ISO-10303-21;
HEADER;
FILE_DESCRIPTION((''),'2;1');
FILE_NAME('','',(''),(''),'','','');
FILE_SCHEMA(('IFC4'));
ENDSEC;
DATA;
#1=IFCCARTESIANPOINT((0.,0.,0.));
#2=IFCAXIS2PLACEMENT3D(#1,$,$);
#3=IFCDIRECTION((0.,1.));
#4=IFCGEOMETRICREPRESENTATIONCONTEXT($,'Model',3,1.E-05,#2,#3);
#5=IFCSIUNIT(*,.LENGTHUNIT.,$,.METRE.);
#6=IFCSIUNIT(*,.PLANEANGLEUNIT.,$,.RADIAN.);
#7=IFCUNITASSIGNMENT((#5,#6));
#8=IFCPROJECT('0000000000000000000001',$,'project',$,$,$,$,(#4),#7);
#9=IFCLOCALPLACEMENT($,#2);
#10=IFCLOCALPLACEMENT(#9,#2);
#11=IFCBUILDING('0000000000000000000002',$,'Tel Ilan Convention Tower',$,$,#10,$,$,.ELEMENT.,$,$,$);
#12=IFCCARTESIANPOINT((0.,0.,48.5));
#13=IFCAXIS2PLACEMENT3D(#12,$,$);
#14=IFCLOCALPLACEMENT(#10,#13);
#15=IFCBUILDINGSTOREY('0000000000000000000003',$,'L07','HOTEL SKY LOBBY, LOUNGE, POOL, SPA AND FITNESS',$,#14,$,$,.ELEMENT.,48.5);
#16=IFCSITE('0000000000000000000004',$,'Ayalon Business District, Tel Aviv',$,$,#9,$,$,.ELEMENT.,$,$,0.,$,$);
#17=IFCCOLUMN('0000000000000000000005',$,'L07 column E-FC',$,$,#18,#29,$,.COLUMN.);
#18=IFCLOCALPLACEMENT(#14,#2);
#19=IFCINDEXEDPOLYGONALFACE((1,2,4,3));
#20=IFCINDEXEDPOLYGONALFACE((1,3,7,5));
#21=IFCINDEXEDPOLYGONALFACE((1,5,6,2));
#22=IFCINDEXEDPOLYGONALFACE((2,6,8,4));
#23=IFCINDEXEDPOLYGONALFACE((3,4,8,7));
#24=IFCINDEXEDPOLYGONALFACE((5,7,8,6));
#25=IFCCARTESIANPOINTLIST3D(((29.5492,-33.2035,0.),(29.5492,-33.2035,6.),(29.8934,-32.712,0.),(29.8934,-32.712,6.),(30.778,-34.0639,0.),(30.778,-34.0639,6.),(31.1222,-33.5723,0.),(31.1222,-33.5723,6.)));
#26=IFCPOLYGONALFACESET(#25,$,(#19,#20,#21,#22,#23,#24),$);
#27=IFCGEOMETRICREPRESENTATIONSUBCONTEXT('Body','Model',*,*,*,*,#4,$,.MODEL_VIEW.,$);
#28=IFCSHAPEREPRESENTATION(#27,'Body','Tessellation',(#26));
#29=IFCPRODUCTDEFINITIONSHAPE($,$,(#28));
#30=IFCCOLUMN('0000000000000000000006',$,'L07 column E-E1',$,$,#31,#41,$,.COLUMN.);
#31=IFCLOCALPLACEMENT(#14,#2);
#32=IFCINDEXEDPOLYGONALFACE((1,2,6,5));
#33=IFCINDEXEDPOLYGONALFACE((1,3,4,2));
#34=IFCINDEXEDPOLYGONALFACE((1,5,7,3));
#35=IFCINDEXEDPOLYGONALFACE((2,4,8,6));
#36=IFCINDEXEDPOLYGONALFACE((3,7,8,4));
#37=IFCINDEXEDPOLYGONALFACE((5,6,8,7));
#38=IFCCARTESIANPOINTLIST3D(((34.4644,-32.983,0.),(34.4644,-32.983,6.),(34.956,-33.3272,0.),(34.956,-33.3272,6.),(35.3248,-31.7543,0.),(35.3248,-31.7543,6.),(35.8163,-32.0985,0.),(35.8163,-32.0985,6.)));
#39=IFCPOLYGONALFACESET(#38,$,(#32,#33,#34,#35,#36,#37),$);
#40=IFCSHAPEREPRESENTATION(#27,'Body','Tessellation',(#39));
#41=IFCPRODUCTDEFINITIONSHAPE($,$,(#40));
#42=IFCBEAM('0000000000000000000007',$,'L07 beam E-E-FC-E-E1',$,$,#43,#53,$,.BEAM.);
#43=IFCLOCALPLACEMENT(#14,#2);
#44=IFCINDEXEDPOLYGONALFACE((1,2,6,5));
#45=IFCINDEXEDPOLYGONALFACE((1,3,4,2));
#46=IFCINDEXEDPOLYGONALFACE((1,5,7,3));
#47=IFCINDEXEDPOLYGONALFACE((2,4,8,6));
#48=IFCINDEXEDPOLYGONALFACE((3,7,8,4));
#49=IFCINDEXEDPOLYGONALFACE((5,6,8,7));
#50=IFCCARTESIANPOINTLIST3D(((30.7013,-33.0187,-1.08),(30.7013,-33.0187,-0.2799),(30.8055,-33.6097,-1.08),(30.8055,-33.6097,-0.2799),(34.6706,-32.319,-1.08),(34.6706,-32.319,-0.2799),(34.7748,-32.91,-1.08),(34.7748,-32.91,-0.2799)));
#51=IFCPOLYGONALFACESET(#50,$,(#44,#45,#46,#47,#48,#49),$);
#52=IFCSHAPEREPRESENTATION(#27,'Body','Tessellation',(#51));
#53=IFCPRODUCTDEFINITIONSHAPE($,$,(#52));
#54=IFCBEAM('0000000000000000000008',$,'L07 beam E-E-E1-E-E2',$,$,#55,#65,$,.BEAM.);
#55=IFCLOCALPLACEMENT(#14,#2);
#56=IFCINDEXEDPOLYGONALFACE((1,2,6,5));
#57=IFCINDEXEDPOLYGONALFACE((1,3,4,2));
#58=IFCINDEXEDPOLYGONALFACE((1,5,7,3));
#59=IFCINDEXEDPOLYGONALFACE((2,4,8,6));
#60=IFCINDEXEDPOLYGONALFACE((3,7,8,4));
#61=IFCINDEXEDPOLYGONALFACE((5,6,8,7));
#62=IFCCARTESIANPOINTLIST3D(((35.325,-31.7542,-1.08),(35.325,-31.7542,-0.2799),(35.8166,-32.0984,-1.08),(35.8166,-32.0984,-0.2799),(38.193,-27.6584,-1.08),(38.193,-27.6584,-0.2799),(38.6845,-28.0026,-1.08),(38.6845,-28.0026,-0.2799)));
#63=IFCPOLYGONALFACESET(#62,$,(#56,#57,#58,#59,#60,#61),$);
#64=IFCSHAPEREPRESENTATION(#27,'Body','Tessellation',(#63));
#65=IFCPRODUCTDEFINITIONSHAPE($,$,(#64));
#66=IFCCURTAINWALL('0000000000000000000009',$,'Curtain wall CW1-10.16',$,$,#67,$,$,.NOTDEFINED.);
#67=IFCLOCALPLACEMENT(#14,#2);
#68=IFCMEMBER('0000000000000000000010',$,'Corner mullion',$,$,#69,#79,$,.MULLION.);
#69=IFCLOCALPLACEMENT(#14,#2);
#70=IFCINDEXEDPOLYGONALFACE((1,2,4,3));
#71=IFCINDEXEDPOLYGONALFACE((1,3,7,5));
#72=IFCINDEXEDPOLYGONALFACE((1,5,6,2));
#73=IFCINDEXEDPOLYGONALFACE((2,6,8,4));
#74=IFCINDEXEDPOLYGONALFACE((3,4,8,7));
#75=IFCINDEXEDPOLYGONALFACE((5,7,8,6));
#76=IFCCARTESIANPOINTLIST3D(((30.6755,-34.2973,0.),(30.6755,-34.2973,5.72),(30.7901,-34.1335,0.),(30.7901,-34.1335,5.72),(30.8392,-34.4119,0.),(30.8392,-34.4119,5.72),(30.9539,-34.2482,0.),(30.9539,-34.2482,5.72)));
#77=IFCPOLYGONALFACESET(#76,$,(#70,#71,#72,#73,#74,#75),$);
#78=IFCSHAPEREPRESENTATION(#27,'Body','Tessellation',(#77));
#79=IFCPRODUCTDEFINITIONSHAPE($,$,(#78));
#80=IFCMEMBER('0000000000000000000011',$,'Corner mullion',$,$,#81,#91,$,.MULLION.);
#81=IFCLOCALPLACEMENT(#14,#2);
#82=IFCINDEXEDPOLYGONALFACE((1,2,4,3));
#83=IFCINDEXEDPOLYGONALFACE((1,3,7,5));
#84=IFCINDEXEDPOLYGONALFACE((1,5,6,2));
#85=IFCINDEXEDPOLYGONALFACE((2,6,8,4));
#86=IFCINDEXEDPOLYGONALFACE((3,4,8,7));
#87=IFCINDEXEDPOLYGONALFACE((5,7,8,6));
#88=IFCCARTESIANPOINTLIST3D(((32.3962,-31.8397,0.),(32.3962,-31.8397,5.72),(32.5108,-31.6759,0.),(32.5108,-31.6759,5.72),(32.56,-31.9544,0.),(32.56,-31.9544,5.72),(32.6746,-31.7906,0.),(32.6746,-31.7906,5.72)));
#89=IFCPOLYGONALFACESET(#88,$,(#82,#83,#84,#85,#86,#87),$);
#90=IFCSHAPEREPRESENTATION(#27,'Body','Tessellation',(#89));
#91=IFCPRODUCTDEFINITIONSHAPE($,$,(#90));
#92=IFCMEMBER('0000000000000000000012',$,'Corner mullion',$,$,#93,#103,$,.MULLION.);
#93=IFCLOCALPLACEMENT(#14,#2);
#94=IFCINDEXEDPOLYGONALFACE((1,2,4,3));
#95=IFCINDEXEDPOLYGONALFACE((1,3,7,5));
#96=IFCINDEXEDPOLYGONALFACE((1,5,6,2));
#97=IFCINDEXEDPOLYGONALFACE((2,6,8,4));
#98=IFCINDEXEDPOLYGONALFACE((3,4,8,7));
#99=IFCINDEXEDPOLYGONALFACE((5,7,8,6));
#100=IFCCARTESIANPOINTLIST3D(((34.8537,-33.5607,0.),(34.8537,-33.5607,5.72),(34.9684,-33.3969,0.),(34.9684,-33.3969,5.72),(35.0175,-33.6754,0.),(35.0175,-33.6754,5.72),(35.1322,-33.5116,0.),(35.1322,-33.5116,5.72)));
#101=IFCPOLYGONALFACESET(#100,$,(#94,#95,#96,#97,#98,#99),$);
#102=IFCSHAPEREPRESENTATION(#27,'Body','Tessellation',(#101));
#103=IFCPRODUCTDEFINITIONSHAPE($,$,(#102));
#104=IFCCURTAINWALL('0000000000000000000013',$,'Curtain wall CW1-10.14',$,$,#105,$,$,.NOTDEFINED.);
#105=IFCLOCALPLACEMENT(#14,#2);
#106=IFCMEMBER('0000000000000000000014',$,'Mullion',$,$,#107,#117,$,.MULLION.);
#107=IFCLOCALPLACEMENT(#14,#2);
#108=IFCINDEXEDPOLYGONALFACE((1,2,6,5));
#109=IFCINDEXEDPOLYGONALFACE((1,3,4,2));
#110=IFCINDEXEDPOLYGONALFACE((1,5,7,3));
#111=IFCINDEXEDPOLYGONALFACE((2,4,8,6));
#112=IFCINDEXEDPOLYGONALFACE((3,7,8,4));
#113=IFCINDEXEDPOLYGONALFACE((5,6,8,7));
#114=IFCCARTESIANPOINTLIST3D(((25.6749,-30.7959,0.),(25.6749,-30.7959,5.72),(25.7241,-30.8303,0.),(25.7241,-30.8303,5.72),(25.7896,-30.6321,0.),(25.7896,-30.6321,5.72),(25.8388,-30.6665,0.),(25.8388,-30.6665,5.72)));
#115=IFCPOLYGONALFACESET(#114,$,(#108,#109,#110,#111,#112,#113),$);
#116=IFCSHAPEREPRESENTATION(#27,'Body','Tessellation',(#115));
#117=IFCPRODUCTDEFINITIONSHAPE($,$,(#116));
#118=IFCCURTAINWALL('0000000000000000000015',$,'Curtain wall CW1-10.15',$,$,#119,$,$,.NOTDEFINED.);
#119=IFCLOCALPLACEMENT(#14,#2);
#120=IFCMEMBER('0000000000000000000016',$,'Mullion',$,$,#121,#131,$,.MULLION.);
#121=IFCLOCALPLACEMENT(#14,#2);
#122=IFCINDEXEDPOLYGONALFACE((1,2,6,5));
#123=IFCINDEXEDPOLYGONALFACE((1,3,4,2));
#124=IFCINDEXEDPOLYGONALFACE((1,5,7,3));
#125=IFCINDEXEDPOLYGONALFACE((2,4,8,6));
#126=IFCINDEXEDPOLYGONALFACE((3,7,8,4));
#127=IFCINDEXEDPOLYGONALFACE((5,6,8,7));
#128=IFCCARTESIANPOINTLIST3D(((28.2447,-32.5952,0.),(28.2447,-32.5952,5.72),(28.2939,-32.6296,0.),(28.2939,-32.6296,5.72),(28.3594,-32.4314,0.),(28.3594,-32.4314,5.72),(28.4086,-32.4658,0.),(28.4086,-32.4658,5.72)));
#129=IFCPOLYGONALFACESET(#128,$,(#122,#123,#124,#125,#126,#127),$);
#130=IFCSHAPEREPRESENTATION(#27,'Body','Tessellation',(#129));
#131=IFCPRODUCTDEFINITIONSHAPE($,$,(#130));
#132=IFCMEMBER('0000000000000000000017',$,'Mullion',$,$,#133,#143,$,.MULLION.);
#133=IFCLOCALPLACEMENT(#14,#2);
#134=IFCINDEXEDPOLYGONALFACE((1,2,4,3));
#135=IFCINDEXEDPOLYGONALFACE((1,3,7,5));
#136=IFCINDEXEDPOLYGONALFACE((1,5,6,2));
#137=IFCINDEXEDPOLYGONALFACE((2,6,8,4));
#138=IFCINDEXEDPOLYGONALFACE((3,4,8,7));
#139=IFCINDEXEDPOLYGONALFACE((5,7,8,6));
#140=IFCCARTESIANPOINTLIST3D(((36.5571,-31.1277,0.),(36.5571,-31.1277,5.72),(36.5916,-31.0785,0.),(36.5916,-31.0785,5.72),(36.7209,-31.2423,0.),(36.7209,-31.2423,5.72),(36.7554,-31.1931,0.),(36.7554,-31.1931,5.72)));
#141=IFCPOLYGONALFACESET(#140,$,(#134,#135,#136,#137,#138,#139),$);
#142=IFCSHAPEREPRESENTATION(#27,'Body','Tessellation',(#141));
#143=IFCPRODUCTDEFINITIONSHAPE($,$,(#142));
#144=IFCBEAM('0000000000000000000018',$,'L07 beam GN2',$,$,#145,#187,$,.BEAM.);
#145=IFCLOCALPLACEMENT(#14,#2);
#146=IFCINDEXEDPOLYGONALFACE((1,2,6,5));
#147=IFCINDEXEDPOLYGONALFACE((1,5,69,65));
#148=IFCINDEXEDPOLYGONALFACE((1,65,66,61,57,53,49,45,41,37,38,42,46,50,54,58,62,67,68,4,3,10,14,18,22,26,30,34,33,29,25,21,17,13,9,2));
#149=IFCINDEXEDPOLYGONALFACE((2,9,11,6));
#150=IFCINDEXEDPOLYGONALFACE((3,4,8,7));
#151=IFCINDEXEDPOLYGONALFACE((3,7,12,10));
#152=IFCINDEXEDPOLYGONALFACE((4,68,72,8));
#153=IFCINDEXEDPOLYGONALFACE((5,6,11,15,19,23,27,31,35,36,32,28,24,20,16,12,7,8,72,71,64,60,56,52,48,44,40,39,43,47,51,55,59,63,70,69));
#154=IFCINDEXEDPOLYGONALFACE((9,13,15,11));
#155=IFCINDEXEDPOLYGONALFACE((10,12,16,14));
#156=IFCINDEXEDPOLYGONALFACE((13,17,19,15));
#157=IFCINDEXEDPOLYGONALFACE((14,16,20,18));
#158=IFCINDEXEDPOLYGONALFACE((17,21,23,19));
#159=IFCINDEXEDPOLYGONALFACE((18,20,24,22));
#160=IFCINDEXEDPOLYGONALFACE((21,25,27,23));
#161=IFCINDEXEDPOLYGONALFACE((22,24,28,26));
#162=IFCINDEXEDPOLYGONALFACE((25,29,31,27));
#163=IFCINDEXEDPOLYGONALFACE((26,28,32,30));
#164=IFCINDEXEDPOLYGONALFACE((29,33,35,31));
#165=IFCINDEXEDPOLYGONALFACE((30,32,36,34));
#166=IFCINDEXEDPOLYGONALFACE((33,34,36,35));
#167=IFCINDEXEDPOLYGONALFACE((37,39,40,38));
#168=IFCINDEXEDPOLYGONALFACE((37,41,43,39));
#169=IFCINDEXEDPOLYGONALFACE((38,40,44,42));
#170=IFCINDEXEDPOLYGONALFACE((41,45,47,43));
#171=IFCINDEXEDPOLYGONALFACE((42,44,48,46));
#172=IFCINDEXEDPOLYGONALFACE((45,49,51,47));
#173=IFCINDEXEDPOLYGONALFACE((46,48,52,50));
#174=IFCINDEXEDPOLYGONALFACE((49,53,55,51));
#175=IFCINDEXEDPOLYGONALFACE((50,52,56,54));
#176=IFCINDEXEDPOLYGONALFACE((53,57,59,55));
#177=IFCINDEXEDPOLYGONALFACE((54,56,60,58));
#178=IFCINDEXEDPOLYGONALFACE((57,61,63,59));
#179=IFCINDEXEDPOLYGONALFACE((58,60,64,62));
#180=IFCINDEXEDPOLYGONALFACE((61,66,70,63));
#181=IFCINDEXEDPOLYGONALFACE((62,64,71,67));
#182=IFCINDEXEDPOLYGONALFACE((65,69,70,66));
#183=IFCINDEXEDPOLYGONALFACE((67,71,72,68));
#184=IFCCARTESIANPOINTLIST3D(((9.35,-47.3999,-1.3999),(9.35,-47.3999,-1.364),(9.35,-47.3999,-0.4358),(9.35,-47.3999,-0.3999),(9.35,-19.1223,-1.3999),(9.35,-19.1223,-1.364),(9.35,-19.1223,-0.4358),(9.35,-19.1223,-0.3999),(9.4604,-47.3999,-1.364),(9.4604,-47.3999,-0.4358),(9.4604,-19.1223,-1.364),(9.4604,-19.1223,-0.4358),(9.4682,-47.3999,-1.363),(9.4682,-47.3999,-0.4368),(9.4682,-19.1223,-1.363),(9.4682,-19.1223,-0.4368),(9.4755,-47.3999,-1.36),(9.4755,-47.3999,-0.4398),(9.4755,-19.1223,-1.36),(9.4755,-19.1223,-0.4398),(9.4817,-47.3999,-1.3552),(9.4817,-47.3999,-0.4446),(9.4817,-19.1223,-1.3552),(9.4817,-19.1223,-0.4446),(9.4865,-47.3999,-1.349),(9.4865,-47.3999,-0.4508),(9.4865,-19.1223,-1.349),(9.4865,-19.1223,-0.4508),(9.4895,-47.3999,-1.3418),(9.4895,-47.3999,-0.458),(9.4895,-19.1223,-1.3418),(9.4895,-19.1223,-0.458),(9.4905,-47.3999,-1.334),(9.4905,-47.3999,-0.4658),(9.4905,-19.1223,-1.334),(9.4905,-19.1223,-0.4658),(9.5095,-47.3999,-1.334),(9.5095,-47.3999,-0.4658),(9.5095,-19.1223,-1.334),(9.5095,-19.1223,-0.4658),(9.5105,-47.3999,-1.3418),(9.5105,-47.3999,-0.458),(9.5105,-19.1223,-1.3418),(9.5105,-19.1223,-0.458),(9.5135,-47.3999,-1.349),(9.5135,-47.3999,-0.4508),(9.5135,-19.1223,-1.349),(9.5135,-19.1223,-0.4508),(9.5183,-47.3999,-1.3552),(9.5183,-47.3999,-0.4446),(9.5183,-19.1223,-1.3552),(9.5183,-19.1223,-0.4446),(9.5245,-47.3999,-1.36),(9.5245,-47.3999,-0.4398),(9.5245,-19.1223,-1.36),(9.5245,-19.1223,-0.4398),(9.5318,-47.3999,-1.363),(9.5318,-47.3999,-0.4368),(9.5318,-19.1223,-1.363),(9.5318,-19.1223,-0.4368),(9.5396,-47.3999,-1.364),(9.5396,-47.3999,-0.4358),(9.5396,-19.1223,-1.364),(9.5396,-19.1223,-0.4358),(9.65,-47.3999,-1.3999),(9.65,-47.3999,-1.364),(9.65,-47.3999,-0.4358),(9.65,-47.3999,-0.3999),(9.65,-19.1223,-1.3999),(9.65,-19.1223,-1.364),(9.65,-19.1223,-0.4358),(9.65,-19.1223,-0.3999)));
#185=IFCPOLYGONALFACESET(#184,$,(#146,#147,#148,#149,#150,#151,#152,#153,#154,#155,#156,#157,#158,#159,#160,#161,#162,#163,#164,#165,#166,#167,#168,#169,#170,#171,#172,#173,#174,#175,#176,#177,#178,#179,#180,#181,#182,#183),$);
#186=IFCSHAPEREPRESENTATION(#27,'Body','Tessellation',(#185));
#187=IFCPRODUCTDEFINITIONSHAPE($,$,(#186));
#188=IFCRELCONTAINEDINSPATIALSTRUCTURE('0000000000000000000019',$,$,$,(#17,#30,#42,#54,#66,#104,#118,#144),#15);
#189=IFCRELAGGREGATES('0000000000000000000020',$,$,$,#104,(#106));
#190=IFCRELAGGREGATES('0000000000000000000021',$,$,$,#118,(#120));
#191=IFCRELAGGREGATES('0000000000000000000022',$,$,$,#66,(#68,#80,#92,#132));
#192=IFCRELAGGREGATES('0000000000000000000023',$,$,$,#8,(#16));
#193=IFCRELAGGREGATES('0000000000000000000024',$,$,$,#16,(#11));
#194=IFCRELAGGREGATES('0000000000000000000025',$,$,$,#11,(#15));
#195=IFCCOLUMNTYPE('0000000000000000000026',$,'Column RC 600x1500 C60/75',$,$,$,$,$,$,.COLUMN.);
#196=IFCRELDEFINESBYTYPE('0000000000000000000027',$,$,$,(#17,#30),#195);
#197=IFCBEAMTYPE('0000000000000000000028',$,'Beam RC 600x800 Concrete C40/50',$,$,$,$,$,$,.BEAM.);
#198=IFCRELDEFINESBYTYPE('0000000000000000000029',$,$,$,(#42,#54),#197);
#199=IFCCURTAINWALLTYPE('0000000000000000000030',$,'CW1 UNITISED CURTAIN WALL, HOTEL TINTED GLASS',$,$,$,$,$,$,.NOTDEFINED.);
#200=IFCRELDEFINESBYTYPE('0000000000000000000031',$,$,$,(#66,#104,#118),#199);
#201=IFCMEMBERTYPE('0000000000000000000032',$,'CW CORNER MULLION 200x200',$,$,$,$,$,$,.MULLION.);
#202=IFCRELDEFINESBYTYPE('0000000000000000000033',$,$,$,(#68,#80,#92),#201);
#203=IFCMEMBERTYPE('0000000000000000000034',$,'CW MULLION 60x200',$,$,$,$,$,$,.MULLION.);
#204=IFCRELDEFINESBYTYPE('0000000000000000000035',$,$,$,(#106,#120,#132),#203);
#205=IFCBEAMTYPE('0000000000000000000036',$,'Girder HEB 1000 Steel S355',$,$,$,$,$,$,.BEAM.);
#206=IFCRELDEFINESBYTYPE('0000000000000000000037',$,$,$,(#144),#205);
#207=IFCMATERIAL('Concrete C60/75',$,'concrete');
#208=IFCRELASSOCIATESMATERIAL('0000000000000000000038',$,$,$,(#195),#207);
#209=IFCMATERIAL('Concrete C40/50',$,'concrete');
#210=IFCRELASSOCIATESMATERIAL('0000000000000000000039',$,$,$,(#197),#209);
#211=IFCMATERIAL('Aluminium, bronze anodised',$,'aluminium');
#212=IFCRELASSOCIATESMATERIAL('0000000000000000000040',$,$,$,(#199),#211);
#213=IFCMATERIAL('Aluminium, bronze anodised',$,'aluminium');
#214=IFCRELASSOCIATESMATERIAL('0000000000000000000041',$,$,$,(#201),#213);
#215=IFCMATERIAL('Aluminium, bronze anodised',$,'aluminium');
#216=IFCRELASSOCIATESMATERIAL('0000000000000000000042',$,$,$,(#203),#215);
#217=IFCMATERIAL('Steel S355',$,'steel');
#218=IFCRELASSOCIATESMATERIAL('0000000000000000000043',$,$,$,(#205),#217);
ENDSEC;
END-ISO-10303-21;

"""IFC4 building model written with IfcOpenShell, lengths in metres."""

from ifc_helpers import new_model, si_unit, direction, frame, origin, origin_2d, place, context, subcontext, project, spatial, rectangle, i_section, extrude, material, material_profile, profile_set, type_object, element, aggregate, save


model = new_model("IFC4")

# Units and contexts
model_context = context("Model", 3, precision=1e-05, world=origin(), true_north=direction((0.0, 1.0)))
body_context = subcontext(model_context, "Body", "Model", "MODEL_VIEW")
ifc_project = project(units=[si_unit("LENGTHUNIT", "METRE"), si_unit("PLANEANGLEUNIT", "RADIAN")], contexts=[model_context])

# Site, building, storey
site_placement = place(None, origin())
site = spatial("IfcSite", under=ifc_project, at=site_placement, Name="Ayalon Business District, Tel Aviv", CompositionType="ELEMENT", RefElevation=0.0)
building_placement = place(site_placement, origin())
building = spatial("IfcBuilding", under=site, at=building_placement, Name="Tel Ilan Convention Tower", CompositionType="ELEMENT")
storey_placement = place(building_placement, frame((0.0, 0.0, 48.5)))
storey = spatial("IfcBuildingStorey", under=building, at=storey_placement, Name="L07", Description="HOTEL SKY LOBBY, LOUNGE, POOL, SPA AND FITNESS", CompositionType="ELEMENT", Elevation=48.5)

# Columns
ifc_material_1 = material(Name="Concrete C60/75", Category="concrete")
ifc_material_profile_1 = material_profile(ifc_material_1, rectangle(XDim=1.5, YDim=0.6001, at=origin_2d()), Name="RC 600x1500")
ifc_profile_set_1 = profile_set([ifc_material_profile_1], Name="Concrete C60/75")
column_type = type_object("IfcColumnType", Name="Column RC 600x1500 C60/75", PredefinedType="COLUMN", material=ifc_profile_set_1)
for number, where, z_axis, x_axis, name in (
    (1, (30.3357, -33.3879, 0.0), (0.0, 0.0, 1.0), (0.819152, -0.573576, 0.0), "L07 column E-FC"),
    (2, (35.1404, -32.5408, 0.0), (0.0, 0.0, 1.0), (0.573576, 0.819152, 0.0), "L07 column E-E1"),
):
    element("IfcColumn", number, at=place(storey_placement, frame(where, z_axis=z_axis, x_axis=x_axis)), inside=storey, type_object=column_type, Name=name, PredefinedType="COLUMN", context=body_context, shape_type="SweptSolid", body=[
        extrude(rectangle(XDim=1.5, YDim=0.6001, at=origin_2d()), origin(), (0.0, 0.0, 1.0), 6.0),
    ])

# Beams
ifc_material_2 = material(Name="Concrete C40/50", Category="concrete")
ifc_material_profile_2 = material_profile(ifc_material_2, rectangle(XDim=0.6001, YDim=0.8, at=origin_2d()), Name="RC 600x800")
ifc_profile_set_2 = profile_set([ifc_material_profile_2], Name="Concrete C40/50")
beam_type_1 = type_object("IfcBeamType", Name="Beam RC 600x800 Concrete C40/50", PredefinedType="BEAM", material=ifc_profile_set_2)
beam_1_placement = place(storey_placement, frame((30.7534, -33.3142, -0.6799), z_axis=(0.984815, 0.173606, 0.0), x_axis=(-0.173606, 0.984815, 0.0)))
element("IfcBeam", 3, at=beam_1_placement, inside=storey, type_object=beam_type_1, Name="L07 beam E-E-FC-E-E1", PredefinedType="BEAM", context=body_context, shape_type="SweptSolid", body=[
    extrude(rectangle(XDim=0.6001, YDim=0.8, at=origin_2d()), origin(), (0.0, 0.0, 1.0), 4.0305),
])
beam_2_placement = place(storey_placement, frame((35.5708, -31.9263, -0.6799), z_axis=(0.573587, 0.819145, 0.0), x_axis=(-0.819145, 0.573587, 0.0)))
element("IfcBeam", 4, at=beam_2_placement, inside=storey, type_object=beam_type_1, Name="L07 beam E-E-E1-E-E2", PredefinedType="BEAM", context=body_context, shape_type="SweptSolid", body=[
    extrude(rectangle(XDim=0.6001, YDim=0.8, at=origin_2d()), origin(), (0.0, 0.0, 1.0), 5.0),
])

# Curtain wall, members
ifc_material_3 = material(Name="Aluminium, bronze anodised", Category="aluminium")
curtain_wall_type = type_object("IfcCurtainWallType", Name="CW1 UNITISED CURTAIN WALL, HOTEL TINTED GLASS", PredefinedType="NOTDEFINED", material=ifc_material_3)
curtain_wall_1_placement = place(storey_placement, origin())
curtain_wall_1 = element("IfcCurtainWall", 5, at=curtain_wall_1_placement, inside=storey, type_object=curtain_wall_type, Name="Curtain wall CW1-10.16", PredefinedType="NOTDEFINED")
ifc_material_4 = material(Name="Aluminium, bronze anodised", Category="aluminium")
ifc_material_profile_3 = material_profile(ifc_material_4, rectangle(XDim=0.2, YDim=0.2, at=origin_2d()), Name="CW CORNER MULLION 200x200")
ifc_profile_set_3 = profile_set([ifc_material_profile_3], Name="Aluminium, bronze anodised")
member_type_1 = type_object("IfcMemberType", Name="CW CORNER MULLION 200x200", PredefinedType="MULLION", material=ifc_profile_set_3)
member_1_placement = place(storey_placement, frame((30.8147, -34.2727, 0.0), z_axis=(0.0, 0.0, 1.0), x_axis=(0.819152, -0.573576, 0.0)))
member_1 = element("IfcMember", 6, at=member_1_placement, type_object=member_type_1, Name="Corner mullion", PredefinedType="MULLION", context=body_context, shape_type="SweptSolid", body=[
    extrude(rectangle(XDim=0.2, YDim=0.2, at=origin_2d()), origin(), (0.0, 0.0, 1.0), 5.72),
])
member_2_placement = place(storey_placement, frame((32.5354, -31.8152, 0.0), z_axis=(0.0, 0.0, 1.0), x_axis=(0.573576, 0.819152, 0.0)))
member_2 = element("IfcMember", 7, at=member_2_placement, type_object=member_type_1, Name="Corner mullion", PredefinedType="MULLION", context=body_context, shape_type="SweptSolid", body=[
    extrude(rectangle(XDim=0.2, YDim=0.2, at=origin_2d()), origin(), (0.0, 0.0, 1.0), 5.72),
])
member_3_placement = place(storey_placement, frame((34.9929, -33.5361, 0.0), z_axis=(0.0, 0.0, 1.0), x_axis=(0.819152, -0.573576, 0.0)))
member_3 = element("IfcMember", 8, at=member_3_placement, type_object=member_type_1, Name="Corner mullion", PredefinedType="MULLION", context=body_context, shape_type="SweptSolid", body=[
    extrude(rectangle(XDim=0.2, YDim=0.2, at=origin_2d()), origin(), (0.0, 0.0, 1.0), 5.72),
])

# Curtain walls, members
curtain_wall_2_placement = place(storey_placement, origin())
curtain_wall_2 = element("IfcCurtainWall", 9, at=curtain_wall_2_placement, inside=storey, type_object=curtain_wall_type, Name="Curtain wall CW1-10.14", PredefinedType="NOTDEFINED")
ifc_material_5 = material(Name="Aluminium, bronze anodised", Category="aluminium")
ifc_material_profile_4 = material_profile(ifc_material_5, rectangle(XDim=0.0601, YDim=0.2, at=origin_2d()), Name="CW MULLION 60x200")
ifc_profile_set_4 = profile_set([ifc_material_profile_4], Name="Aluminium, bronze anodised")
member_type_2 = type_object("IfcMemberType", Name="CW MULLION 60x200", PredefinedType="MULLION", material=ifc_profile_set_4)
member_4_placement = place(storey_placement, frame((25.7568, -30.7312, 0.0), z_axis=(0.0, 0.0, 1.0), x_axis=(0.819152, -0.573576, 0.0)))
member_4 = element("IfcMember", 10, at=member_4_placement, type_object=member_type_2, Name="Mullion", PredefinedType="MULLION", context=body_context, shape_type="SweptSolid", body=[
    extrude(rectangle(XDim=0.0601, YDim=0.2, at=origin_2d()), origin(), (0.0, 0.0, 1.0), 5.72),
])
aggregate(curtain_wall_2, [member_4])
curtain_wall_3_placement = place(storey_placement, origin())
curtain_wall_3 = element("IfcCurtainWall", 11, at=curtain_wall_3_placement, inside=storey, type_object=curtain_wall_type, Name="Curtain wall CW1-10.15", PredefinedType="NOTDEFINED")
member_5_placement = place(storey_placement, frame((28.3267, -32.5305, 0.0), z_axis=(0.0, 0.0, 1.0), x_axis=(0.819152, -0.573576, 0.0)))
member_5 = element("IfcMember", 12, at=member_5_placement, type_object=member_type_2, Name="Mullion", PredefinedType="MULLION", context=body_context, shape_type="SweptSolid", body=[
    extrude(rectangle(XDim=0.0601, YDim=0.2, at=origin_2d()), origin(), (0.0, 0.0, 1.0), 5.72),
])
aggregate(curtain_wall_3, [member_5])

# Member
member_6_placement = place(storey_placement, frame((36.6562, -31.1604, 0.0), z_axis=(0.0, 0.0, 1.0), x_axis=(0.573576, 0.819152, 0.0)))
member_6 = element("IfcMember", 13, at=member_6_placement, type_object=member_type_2, Name="Mullion", PredefinedType="MULLION", context=body_context, shape_type="SweptSolid", body=[
    extrude(rectangle(XDim=0.0601, YDim=0.2, at=origin_2d()), origin(), (0.0, 0.0, 1.0), 5.72),
])

# Beam
ifc_material_6 = material(Name="Steel S355", Category="steel")
ifc_material_profile_5 = material_profile(ifc_material_6, i_section(OverallWidth=0.3, OverallDepth=1.0, WebThickness=0.019, FlangeThickness=0.0359, FilletRadius=0.03, at=origin_2d()), Name="HEB 1000")
ifc_profile_set_5 = profile_set([ifc_material_profile_5], Name="Steel S355")
beam_type_2 = type_object("IfcBeamType", Name="Girder HEB 1000 Steel S355", PredefinedType="BEAM", material=ifc_profile_set_5)
beam_3_placement = place(storey_placement, frame((9.5, -47.3999, -0.8999), z_axis=(0.0, 1.0, 0.0), x_axis=(-1.0, 0.0, 0.0)))
element("IfcBeam", 14, at=beam_3_placement, inside=storey, type_object=beam_type_2, Name="L07 beam GN2", PredefinedType="BEAM", context=body_context, shape_type="SweptSolid", body=[
    extrude(i_section(OverallWidth=0.3, OverallDepth=1.0, WebThickness=0.019, FlangeThickness=0.0359, FilletRadius=0.03, at=origin_2d()), origin(), (0.0, 0.0, 1.0), 28.2776),
])

aggregate(curtain_wall_1, [member_1, member_2, member_3, member_6])

save(model, "model.ifc")
